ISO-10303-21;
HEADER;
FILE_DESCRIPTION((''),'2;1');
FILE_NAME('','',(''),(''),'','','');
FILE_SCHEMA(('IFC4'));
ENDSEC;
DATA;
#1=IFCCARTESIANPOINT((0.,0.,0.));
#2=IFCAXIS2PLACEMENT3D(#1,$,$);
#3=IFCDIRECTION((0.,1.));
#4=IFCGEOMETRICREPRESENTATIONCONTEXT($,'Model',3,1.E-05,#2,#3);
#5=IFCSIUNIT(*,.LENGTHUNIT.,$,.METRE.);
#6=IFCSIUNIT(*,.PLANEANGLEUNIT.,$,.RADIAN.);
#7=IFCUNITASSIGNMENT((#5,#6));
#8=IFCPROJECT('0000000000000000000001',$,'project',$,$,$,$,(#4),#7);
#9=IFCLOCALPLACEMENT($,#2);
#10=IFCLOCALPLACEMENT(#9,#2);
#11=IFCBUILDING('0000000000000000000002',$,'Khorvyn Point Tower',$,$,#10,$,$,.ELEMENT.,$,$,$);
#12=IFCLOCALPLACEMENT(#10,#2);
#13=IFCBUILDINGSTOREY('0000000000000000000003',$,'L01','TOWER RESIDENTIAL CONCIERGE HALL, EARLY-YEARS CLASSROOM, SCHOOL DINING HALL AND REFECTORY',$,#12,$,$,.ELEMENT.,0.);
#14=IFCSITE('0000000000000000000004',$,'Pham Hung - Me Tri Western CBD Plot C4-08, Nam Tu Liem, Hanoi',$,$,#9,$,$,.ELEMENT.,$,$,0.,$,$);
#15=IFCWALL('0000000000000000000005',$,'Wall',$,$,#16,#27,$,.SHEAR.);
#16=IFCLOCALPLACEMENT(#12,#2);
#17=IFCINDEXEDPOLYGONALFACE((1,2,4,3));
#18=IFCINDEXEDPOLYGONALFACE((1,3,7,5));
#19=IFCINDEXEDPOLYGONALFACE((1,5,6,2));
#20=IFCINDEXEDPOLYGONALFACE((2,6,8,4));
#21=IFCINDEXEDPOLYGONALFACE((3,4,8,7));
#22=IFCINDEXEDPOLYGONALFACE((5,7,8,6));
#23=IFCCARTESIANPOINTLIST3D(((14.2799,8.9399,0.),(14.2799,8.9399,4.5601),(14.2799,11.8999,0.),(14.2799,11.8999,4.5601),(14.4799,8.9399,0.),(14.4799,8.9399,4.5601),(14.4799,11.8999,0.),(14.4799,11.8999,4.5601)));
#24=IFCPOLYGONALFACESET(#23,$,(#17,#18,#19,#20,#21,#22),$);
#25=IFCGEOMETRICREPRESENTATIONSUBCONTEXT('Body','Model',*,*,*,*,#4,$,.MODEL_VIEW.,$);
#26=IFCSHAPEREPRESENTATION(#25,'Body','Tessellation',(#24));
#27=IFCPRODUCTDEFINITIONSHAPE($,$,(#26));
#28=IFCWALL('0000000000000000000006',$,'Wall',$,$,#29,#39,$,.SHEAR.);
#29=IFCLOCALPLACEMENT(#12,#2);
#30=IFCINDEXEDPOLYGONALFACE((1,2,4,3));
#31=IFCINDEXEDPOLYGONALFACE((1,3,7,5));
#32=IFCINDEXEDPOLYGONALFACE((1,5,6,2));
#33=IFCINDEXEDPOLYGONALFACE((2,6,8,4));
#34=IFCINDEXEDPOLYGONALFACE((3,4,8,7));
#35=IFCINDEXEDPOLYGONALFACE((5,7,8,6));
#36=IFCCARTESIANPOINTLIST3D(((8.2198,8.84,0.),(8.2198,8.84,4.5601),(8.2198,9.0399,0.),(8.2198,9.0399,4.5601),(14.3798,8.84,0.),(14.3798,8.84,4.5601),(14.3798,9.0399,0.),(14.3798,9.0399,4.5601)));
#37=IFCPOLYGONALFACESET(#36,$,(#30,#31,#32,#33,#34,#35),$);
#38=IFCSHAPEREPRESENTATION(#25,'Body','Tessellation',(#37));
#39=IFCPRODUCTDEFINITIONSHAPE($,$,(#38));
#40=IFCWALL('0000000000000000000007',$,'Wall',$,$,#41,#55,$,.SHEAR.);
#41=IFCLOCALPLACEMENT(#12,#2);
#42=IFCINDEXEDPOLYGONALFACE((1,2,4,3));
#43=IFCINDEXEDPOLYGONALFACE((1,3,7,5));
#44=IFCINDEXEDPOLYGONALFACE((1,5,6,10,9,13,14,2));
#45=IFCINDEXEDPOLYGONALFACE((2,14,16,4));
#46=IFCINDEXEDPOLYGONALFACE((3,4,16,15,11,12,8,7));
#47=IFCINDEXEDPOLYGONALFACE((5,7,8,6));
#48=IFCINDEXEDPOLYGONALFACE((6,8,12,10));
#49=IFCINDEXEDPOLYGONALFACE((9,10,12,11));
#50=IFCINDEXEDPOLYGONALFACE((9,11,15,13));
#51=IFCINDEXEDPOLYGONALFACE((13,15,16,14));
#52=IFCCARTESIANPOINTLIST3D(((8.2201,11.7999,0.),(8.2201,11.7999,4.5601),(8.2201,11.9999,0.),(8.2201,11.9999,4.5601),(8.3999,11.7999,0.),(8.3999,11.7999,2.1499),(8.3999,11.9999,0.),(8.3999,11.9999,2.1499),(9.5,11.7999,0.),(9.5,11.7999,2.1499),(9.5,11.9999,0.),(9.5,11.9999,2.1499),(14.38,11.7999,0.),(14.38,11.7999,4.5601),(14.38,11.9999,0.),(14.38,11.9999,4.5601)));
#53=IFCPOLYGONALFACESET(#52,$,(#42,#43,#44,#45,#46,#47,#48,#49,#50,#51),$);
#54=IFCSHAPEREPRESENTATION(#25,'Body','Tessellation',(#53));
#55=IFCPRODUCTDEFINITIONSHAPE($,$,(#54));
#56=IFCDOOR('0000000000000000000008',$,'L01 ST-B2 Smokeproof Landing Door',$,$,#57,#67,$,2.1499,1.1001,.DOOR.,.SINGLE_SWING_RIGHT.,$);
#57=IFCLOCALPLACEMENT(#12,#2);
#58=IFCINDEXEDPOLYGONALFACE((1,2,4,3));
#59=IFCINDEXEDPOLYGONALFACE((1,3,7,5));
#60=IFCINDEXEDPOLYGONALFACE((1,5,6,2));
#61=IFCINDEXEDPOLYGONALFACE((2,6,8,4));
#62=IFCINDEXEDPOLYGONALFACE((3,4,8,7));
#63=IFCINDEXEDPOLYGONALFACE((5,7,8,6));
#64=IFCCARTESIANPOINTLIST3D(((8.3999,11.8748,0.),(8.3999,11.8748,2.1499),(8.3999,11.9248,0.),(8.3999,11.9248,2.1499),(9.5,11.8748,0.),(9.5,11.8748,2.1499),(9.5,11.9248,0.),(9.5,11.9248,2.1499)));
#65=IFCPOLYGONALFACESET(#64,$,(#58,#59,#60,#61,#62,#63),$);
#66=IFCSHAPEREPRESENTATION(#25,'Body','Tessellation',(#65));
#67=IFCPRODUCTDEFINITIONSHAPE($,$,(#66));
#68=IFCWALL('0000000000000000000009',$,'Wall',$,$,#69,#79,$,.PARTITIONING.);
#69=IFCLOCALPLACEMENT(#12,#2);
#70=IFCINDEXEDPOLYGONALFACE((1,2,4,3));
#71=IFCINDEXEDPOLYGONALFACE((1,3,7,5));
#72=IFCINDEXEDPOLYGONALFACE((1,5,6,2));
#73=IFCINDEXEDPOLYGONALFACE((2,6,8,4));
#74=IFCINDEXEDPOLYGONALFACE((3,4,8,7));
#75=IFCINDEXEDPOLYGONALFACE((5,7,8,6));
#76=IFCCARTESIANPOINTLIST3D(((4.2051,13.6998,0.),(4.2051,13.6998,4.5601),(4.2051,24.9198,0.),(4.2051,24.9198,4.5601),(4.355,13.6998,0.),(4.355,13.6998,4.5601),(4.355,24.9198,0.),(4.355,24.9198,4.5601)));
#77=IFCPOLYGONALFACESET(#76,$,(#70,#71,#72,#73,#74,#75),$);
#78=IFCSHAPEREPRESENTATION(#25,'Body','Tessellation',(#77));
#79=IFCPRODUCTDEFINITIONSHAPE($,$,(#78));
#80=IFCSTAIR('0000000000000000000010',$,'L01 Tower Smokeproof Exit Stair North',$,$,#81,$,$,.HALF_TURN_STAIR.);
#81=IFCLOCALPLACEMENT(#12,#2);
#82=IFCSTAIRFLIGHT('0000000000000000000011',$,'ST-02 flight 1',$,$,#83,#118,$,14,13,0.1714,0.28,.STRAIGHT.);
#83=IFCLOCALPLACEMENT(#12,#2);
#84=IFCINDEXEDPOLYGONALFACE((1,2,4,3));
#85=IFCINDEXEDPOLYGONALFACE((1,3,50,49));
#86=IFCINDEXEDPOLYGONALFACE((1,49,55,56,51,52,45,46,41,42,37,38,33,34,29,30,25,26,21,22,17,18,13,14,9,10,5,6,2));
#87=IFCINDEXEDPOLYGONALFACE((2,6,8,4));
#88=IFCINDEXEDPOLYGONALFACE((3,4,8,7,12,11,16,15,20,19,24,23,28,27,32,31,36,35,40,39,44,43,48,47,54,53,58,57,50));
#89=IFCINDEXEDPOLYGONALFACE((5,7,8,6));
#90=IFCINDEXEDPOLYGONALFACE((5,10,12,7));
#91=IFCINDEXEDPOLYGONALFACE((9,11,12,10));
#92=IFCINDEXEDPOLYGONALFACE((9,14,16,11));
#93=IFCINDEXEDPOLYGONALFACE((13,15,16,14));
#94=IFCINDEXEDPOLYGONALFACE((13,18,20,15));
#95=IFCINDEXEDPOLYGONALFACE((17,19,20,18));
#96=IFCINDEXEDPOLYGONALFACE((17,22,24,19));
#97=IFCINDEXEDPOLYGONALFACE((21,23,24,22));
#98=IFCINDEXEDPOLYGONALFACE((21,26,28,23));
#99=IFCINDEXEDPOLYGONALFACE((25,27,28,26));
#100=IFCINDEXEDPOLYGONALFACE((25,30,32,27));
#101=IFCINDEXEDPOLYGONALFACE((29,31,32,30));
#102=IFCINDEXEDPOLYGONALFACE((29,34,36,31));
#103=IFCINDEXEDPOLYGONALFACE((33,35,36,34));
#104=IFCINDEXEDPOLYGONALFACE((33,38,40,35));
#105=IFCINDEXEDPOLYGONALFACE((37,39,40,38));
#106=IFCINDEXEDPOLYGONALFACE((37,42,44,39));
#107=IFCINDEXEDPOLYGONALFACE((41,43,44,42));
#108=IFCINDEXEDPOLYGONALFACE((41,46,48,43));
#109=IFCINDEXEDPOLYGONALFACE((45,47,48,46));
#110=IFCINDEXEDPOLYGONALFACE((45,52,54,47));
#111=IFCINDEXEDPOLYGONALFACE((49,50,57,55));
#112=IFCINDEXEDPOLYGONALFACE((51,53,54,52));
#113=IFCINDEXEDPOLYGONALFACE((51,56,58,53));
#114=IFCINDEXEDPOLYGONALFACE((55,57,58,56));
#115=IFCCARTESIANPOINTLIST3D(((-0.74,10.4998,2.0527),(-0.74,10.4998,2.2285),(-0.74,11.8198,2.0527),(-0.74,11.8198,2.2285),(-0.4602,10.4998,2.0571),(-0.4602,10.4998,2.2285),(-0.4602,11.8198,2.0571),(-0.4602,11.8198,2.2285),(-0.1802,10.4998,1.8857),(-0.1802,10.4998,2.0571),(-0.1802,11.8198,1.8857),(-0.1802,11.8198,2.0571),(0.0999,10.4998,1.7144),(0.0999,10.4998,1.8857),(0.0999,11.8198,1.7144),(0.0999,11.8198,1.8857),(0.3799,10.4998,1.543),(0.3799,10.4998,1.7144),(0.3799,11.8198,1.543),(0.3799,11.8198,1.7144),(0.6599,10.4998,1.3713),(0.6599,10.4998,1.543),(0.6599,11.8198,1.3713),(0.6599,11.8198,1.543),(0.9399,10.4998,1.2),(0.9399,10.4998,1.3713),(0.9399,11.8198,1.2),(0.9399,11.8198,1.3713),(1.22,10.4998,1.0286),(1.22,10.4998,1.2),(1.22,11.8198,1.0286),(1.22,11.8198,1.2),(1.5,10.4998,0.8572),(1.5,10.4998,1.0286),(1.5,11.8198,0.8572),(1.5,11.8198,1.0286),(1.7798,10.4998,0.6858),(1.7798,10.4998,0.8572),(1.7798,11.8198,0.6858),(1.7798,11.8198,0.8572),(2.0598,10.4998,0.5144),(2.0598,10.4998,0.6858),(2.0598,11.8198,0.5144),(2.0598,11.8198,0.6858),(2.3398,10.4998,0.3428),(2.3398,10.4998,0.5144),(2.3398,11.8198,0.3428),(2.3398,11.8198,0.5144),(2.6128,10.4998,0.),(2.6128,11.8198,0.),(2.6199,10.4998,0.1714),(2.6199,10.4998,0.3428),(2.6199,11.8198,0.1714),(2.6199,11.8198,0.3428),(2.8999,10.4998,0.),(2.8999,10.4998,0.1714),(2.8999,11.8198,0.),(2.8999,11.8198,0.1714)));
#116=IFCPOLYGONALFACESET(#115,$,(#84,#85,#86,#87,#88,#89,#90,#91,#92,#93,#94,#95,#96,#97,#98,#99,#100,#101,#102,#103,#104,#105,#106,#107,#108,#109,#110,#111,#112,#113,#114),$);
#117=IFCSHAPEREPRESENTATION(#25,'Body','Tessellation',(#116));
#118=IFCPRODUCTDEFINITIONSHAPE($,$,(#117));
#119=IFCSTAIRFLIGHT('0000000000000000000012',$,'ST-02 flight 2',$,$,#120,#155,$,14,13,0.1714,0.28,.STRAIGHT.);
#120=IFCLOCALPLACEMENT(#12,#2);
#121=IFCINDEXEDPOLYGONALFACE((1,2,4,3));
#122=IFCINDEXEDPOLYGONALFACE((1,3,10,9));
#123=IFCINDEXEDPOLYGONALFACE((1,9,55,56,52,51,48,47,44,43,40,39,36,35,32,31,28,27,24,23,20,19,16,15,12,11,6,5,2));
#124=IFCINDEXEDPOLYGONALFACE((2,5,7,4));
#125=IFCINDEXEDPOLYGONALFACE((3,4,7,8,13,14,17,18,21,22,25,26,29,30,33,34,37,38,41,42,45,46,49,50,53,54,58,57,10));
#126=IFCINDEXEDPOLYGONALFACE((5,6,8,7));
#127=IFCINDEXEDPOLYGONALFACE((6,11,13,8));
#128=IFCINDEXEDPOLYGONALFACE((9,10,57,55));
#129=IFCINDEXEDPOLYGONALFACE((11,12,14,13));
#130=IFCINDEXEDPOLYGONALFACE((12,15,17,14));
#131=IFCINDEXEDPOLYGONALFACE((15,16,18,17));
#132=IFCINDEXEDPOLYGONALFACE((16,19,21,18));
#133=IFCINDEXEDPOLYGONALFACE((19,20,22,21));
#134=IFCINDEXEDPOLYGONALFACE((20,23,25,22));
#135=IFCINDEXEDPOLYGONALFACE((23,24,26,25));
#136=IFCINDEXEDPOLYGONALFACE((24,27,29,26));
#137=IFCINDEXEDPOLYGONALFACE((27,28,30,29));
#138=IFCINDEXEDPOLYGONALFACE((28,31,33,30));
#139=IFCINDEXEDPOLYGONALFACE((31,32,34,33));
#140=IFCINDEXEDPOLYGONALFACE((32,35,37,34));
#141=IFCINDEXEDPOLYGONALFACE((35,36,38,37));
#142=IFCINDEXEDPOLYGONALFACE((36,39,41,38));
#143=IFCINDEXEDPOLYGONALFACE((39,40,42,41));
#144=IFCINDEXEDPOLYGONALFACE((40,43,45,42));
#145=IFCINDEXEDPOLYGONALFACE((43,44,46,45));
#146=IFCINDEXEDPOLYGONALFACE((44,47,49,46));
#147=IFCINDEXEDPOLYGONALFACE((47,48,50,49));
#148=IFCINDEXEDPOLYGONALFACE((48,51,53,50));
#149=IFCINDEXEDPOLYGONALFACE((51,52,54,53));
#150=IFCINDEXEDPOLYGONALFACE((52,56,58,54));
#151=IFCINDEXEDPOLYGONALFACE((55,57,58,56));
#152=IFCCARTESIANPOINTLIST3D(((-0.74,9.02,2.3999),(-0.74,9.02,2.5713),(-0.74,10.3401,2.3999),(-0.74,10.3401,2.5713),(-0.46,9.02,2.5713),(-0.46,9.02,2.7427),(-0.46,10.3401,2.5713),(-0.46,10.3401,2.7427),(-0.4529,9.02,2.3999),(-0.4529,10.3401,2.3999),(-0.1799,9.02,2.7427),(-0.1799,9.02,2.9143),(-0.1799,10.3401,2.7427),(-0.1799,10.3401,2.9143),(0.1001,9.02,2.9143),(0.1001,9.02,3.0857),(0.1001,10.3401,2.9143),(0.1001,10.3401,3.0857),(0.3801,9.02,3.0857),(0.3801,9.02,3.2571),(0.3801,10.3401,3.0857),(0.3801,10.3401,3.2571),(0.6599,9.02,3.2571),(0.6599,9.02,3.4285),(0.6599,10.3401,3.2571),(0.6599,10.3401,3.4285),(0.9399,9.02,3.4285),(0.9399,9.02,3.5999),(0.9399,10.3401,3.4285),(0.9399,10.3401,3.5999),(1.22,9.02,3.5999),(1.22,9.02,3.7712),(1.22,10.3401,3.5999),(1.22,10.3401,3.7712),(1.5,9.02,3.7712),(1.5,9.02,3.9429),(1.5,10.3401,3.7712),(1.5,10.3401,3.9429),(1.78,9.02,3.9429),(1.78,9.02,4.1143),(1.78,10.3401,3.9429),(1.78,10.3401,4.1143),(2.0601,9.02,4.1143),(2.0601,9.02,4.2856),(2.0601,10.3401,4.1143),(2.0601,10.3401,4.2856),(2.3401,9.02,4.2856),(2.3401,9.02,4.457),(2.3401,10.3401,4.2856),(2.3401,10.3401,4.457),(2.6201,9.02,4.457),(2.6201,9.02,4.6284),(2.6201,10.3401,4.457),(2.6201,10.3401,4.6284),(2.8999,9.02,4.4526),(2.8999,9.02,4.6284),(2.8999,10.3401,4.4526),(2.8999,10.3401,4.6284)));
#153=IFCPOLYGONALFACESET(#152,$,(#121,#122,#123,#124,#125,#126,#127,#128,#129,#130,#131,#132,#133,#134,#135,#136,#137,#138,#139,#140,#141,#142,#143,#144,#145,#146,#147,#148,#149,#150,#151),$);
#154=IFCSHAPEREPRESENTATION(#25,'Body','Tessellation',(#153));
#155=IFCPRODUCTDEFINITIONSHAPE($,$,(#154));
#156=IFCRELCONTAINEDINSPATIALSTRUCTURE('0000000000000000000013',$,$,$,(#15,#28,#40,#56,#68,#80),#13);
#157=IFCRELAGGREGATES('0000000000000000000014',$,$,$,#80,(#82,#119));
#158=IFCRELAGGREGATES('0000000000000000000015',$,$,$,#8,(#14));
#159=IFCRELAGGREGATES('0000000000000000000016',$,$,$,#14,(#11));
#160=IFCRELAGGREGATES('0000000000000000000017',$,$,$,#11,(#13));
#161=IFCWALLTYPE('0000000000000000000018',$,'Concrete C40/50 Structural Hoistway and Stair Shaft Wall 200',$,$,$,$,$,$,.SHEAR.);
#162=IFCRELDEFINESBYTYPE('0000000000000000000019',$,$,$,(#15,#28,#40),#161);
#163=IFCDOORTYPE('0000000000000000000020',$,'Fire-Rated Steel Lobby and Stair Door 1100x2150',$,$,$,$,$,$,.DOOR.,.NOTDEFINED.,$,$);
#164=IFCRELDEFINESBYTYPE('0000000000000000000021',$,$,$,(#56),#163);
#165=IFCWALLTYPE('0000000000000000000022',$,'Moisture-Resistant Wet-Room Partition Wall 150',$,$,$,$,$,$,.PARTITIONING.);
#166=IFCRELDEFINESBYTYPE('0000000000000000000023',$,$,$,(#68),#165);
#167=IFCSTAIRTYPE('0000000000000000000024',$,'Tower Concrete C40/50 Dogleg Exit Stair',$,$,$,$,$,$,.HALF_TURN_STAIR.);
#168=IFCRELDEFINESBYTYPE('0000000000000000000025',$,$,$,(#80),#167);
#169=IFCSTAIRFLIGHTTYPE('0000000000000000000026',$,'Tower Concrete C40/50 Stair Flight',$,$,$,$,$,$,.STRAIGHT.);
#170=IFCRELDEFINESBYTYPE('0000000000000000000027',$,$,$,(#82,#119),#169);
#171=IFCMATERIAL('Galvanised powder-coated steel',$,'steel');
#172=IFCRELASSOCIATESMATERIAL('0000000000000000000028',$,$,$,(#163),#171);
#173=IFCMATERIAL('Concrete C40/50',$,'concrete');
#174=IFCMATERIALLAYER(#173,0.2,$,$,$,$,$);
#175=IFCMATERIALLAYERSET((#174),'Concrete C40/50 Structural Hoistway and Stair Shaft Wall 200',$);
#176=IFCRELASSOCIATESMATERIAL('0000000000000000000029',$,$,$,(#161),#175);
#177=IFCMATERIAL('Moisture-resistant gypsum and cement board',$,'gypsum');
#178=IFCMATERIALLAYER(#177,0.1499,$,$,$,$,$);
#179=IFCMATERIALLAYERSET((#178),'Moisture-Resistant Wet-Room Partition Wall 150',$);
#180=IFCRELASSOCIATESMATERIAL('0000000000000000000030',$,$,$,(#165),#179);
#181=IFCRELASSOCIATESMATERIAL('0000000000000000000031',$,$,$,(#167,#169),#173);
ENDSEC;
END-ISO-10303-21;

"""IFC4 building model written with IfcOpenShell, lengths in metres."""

from ifc_helpers import new_model, si_unit, direction, frame, frame_2d, origin, place, context, subcontext, project, spatial, polyline, rectangle, outline, extrude, material, layer, layer_set, type_object, element, fill, aggregate, save


model = new_model("IFC4")

# Units and contexts
model_context = context("Model", 3, precision=1e-05, world=origin(), true_north=direction((0.0, 1.0)))
body_context = subcontext(model_context, "Body", "Model", "MODEL_VIEW")
ifc_project = project(units=[si_unit("LENGTHUNIT", "METRE"), si_unit("PLANEANGLEUNIT", "RADIAN")], contexts=[model_context])

# Site, building, storey
site_placement = place(None, origin())
site = spatial("IfcSite", under=ifc_project, at=site_placement, Name="Pham Hung - Me Tri Western CBD Plot C4-08, Nam Tu Liem, Hanoi", CompositionType="ELEMENT", RefElevation=0.0)
building_placement = place(site_placement, origin())
building = spatial("IfcBuilding", under=site, at=building_placement, Name="Khorvyn Point Tower", CompositionType="ELEMENT")
storey_placement = place(building_placement, origin())
storey = spatial("IfcBuildingStorey", under=building, at=storey_placement, Name="L01", Description="TOWER RESIDENTIAL CONCIERGE HALL, EARLY-YEARS CLASSROOM, SCHOOL DINING HALL AND REFECTORY", CompositionType="ELEMENT", Elevation=0.0)

# Shared definitions
ifc_material_1 = material(Name="Concrete C40/50", Category="concrete")

# Shared definitions
ifc_material_2 = material(Name="Galvanised powder-coated steel", Category="steel")
door_type = type_object("IfcDoorType", Name="Fire-Rated Steel Lobby and Stair Door 1100x2150", OperationType="NOTDEFINED", PredefinedType="DOOR", material=ifc_material_2)

# Walls
ifc_layer_1 = layer(ifc_material_1, 0.2)
ifc_layer_set_1 = layer_set([ifc_layer_1], Name="Concrete C40/50 Structural Hoistway and Stair Shaft Wall 200")
wall_type_1 = type_object("IfcWallType", Name="Concrete C40/50 Structural Hoistway and Stair Shaft Wall 200", PredefinedType="SHEAR", material=ifc_layer_set_1)
for number, where, z_axis, x_axis, name in (
    (1, (14.3799, 11.8999, 0.0), (0.0, 0.0, 1.0), (0.0, -1.0, 0.0), "Wall"),
):
    element("IfcWall", number, at=place(storey_placement, frame(where, z_axis=z_axis, x_axis=x_axis)), inside=storey, type_object=wall_type_1, Name=name, PredefinedType="SHEAR", context=body_context, shape_type="SweptSolid", body=[
        extrude(rectangle(XDim=2.96, YDim=0.2, at=frame_2d((1.48, 0.0))), origin(), (0.0, 0.0, 1.0), 4.5601),
    ])
wall_1_placement = place(storey_placement, frame((14.3799, 8.9399, 0.0), z_axis=(0.0, 0.0, 1.0), x_axis=(-1.0, 0.0, 0.0)))
element("IfcWall", 2, at=wall_1_placement, inside=storey, type_object=wall_type_1, Name="Wall", PredefinedType="SHEAR", context=body_context, shape_type="SweptSolid", body=[
    extrude(rectangle(XDim=6.1599, YDim=0.2, at=frame_2d((3.0801, 0.0))), origin(), (0.0, 0.0, 1.0), 4.5601),
])

# Wall, opening, door
wall_2_placement = place(storey_placement, frame((8.22, 11.8999, 0.0), z_axis=(0.0, 0.0, 1.0), x_axis=(1.0, 0.0, 0.0)))
wall_2 = element("IfcWall", 3, at=wall_2_placement, inside=storey, type_object=wall_type_1, Name="Wall", PredefinedType="SHEAR", context=body_context, shape_type="SweptSolid", body=[
    extrude(rectangle(XDim=6.1599, YDim=0.2, at=frame_2d((3.0801, 0.0))), origin(), (0.0, 0.0, 1.0), 4.5601),
])
opening_1_placement = place(wall_2_placement, frame((0.1799, 0.0, 0.0)))
opening_1 = element("IfcOpeningElement", 4, at=opening_1_placement, cuts=wall_2, PredefinedType="OPENING", context=body_context, shape_type="SweptSolid", body=[
    extrude(rectangle(XDim=1.1001, YDim=2.1499, at=frame_2d((0.55, 1.075))), frame((0.0, 0.1099, 0.0), z_axis=(0.0, -1.0, 0.0), x_axis=(1.0, 0.0, 0.0)), (0.0, 0.0, 1.0), 0.22),
])
door_1_placement = place(opening_1_placement, origin())
door_1 = element("IfcDoor", 5, at=door_1_placement, inside=storey, type_object=door_type, Name="L01 ST-B2 Smokeproof Landing Door", OperationType="SINGLE_SWING_RIGHT", OverallHeight=2.1499, OverallWidth=1.1001, PredefinedType="DOOR", context=body_context, shape_type="SweptSolid", body=[
    extrude(rectangle(XDim=1.1001, YDim=2.1499, at=frame_2d((0.55, 1.075))), frame((0.0, 0.0249, 0.0), z_axis=(0.0, -1.0, 0.0), x_axis=(1.0, 0.0, 0.0)), (0.0, 0.0, 1.0), 0.05),
])
fill(opening_1, door_1)

# Wall
ifc_material_3 = material(Name="Moisture-resistant gypsum and cement board", Category="gypsum")
ifc_layer_2 = layer(ifc_material_3, 0.1499)
ifc_layer_set_2 = layer_set([ifc_layer_2], Name="Moisture-Resistant Wet-Room Partition Wall 150")
wall_type_2 = type_object("IfcWallType", Name="Moisture-Resistant Wet-Room Partition Wall 150", PredefinedType="PARTITIONING", material=ifc_layer_set_2)
wall_3_placement = place(storey_placement, frame((4.28, 13.7, 0.0), z_axis=(0.0, 0.0, 1.0), x_axis=(0.0, 1.0, 0.0)))
element("IfcWall", 6, at=wall_3_placement, inside=storey, type_object=wall_type_2, Name="Wall", PredefinedType="PARTITIONING", context=body_context, shape_type="SweptSolid", body=[
    extrude(rectangle(XDim=11.22, YDim=0.1499, at=frame_2d((5.6099, 0.0))), origin(), (0.0, 0.0, 1.0), 4.5601),
])

# Stair, stair flights
stair_type = type_object("IfcStairType", Name="Tower Concrete C40/50 Dogleg Exit Stair", PredefinedType="HALF_TURN_STAIR", material=ifc_material_1)
stair_placement = place(storey_placement, origin())
stair = element("IfcStair", 7, at=stair_placement, inside=storey, type_object=stair_type, Name="L01 Tower Smokeproof Exit Stair North", PredefinedType="HALF_TURN_STAIR")
stair_flight_type = type_object("IfcStairFlightType", Name="Tower Concrete C40/50 Stair Flight", PredefinedType="STRAIGHT", material=ifc_material_1)
stair_flight_1_placement = place(storey_placement, frame((2.8999, 11.1599, 0.0), z_axis=(0.0, 0.0, 1.0), x_axis=(-1.0, 0.0, 0.0)))
stair_flight_1 = element("IfcStairFlight", 8, at=stair_flight_1_placement, type_object=stair_flight_type, Name="ST-02 flight 1", NumberOfRisers=14, NumberOfTreads=13, PredefinedType="STRAIGHT", RiserHeight=0.1714, TreadLength=0.28, context=body_context, shape_type="SweptSolid", body=[
    extrude(outline(polyline([(0.0, 0.0), (0.0, 0.1714), (0.28, 0.1714), (0.28, 0.3428), (0.5601, 0.3428), (0.5601, 0.5144), (0.8401, 0.5144), (0.8401, 0.6858), (1.1201, 0.6858), (1.1201, 0.8572), (1.3999, 0.8572), (1.3999, 1.0286), (1.6799, 1.0286), (1.6799, 1.2), (1.96, 1.2), (1.96, 1.3713), (2.24, 1.3713), (2.24, 1.543), (2.52, 1.543), (2.52, 1.7144), (2.8, 1.7144), (2.8, 1.8857), (3.0801, 1.8857), (3.0801, 2.0571), (3.3601, 2.0571), (3.3601, 2.2285), (3.6399, 2.2285), (3.6399, 2.3999), (3.6399, 2.0527), (0.2871, 0.0), (0.0, 0.0)])), frame((0.0, 0.6602, 0.0), z_axis=(0.0, -1.0, 0.0), x_axis=(1.0, 0.0, 0.0)), (0.0, 0.0, 1.0), 1.3201),
])
stair_flight_2_placement = place(storey_placement, frame((-0.74, 9.6799, 2.3999), z_axis=(0.0, 0.0, 1.0), x_axis=(1.0, 0.0, 0.0)))
stair_flight_2 = element("IfcStairFlight", 9, at=stair_flight_2_placement, type_object=stair_flight_type, Name="ST-02 flight 2", NumberOfRisers=14, NumberOfTreads=13, PredefinedType="STRAIGHT", RiserHeight=0.1714, TreadLength=0.28, context=body_context, shape_type="SweptSolid", body=[
    extrude(outline(polyline([(0.0, 0.0), (0.0, 0.1714), (0.28, 0.1714), (0.28, 0.3428), (0.5601, 0.3428), (0.5601, 0.5144), (0.8401, 0.5144), (0.8401, 0.6858), (1.1201, 0.6858), (1.1201, 0.8572), (1.3999, 0.8572), (1.3999, 1.0286), (1.6799, 1.0286), (1.6799, 1.2), (1.96, 1.2), (1.96, 1.3713), (2.24, 1.3713), (2.24, 1.543), (2.52, 1.543), (2.52, 1.7144), (2.8, 1.7144), (2.8, 1.8857), (3.0801, 1.8857), (3.0801, 2.0571), (3.3601, 2.0571), (3.3601, 2.2285), (3.6399, 2.2285), (3.6399, 2.3999), (3.6399, 2.0527), (0.2871, 0.0), (0.0, 0.0)])), frame((0.0, 0.6602, 0.0), z_axis=(0.0, -1.0, 0.0), x_axis=(1.0, 0.0, 0.0)), (0.0, 0.0, 1.0), 1.3201),
])
aggregate(stair, [stair_flight_1, stair_flight_2])

save(model, "model.ifc")
